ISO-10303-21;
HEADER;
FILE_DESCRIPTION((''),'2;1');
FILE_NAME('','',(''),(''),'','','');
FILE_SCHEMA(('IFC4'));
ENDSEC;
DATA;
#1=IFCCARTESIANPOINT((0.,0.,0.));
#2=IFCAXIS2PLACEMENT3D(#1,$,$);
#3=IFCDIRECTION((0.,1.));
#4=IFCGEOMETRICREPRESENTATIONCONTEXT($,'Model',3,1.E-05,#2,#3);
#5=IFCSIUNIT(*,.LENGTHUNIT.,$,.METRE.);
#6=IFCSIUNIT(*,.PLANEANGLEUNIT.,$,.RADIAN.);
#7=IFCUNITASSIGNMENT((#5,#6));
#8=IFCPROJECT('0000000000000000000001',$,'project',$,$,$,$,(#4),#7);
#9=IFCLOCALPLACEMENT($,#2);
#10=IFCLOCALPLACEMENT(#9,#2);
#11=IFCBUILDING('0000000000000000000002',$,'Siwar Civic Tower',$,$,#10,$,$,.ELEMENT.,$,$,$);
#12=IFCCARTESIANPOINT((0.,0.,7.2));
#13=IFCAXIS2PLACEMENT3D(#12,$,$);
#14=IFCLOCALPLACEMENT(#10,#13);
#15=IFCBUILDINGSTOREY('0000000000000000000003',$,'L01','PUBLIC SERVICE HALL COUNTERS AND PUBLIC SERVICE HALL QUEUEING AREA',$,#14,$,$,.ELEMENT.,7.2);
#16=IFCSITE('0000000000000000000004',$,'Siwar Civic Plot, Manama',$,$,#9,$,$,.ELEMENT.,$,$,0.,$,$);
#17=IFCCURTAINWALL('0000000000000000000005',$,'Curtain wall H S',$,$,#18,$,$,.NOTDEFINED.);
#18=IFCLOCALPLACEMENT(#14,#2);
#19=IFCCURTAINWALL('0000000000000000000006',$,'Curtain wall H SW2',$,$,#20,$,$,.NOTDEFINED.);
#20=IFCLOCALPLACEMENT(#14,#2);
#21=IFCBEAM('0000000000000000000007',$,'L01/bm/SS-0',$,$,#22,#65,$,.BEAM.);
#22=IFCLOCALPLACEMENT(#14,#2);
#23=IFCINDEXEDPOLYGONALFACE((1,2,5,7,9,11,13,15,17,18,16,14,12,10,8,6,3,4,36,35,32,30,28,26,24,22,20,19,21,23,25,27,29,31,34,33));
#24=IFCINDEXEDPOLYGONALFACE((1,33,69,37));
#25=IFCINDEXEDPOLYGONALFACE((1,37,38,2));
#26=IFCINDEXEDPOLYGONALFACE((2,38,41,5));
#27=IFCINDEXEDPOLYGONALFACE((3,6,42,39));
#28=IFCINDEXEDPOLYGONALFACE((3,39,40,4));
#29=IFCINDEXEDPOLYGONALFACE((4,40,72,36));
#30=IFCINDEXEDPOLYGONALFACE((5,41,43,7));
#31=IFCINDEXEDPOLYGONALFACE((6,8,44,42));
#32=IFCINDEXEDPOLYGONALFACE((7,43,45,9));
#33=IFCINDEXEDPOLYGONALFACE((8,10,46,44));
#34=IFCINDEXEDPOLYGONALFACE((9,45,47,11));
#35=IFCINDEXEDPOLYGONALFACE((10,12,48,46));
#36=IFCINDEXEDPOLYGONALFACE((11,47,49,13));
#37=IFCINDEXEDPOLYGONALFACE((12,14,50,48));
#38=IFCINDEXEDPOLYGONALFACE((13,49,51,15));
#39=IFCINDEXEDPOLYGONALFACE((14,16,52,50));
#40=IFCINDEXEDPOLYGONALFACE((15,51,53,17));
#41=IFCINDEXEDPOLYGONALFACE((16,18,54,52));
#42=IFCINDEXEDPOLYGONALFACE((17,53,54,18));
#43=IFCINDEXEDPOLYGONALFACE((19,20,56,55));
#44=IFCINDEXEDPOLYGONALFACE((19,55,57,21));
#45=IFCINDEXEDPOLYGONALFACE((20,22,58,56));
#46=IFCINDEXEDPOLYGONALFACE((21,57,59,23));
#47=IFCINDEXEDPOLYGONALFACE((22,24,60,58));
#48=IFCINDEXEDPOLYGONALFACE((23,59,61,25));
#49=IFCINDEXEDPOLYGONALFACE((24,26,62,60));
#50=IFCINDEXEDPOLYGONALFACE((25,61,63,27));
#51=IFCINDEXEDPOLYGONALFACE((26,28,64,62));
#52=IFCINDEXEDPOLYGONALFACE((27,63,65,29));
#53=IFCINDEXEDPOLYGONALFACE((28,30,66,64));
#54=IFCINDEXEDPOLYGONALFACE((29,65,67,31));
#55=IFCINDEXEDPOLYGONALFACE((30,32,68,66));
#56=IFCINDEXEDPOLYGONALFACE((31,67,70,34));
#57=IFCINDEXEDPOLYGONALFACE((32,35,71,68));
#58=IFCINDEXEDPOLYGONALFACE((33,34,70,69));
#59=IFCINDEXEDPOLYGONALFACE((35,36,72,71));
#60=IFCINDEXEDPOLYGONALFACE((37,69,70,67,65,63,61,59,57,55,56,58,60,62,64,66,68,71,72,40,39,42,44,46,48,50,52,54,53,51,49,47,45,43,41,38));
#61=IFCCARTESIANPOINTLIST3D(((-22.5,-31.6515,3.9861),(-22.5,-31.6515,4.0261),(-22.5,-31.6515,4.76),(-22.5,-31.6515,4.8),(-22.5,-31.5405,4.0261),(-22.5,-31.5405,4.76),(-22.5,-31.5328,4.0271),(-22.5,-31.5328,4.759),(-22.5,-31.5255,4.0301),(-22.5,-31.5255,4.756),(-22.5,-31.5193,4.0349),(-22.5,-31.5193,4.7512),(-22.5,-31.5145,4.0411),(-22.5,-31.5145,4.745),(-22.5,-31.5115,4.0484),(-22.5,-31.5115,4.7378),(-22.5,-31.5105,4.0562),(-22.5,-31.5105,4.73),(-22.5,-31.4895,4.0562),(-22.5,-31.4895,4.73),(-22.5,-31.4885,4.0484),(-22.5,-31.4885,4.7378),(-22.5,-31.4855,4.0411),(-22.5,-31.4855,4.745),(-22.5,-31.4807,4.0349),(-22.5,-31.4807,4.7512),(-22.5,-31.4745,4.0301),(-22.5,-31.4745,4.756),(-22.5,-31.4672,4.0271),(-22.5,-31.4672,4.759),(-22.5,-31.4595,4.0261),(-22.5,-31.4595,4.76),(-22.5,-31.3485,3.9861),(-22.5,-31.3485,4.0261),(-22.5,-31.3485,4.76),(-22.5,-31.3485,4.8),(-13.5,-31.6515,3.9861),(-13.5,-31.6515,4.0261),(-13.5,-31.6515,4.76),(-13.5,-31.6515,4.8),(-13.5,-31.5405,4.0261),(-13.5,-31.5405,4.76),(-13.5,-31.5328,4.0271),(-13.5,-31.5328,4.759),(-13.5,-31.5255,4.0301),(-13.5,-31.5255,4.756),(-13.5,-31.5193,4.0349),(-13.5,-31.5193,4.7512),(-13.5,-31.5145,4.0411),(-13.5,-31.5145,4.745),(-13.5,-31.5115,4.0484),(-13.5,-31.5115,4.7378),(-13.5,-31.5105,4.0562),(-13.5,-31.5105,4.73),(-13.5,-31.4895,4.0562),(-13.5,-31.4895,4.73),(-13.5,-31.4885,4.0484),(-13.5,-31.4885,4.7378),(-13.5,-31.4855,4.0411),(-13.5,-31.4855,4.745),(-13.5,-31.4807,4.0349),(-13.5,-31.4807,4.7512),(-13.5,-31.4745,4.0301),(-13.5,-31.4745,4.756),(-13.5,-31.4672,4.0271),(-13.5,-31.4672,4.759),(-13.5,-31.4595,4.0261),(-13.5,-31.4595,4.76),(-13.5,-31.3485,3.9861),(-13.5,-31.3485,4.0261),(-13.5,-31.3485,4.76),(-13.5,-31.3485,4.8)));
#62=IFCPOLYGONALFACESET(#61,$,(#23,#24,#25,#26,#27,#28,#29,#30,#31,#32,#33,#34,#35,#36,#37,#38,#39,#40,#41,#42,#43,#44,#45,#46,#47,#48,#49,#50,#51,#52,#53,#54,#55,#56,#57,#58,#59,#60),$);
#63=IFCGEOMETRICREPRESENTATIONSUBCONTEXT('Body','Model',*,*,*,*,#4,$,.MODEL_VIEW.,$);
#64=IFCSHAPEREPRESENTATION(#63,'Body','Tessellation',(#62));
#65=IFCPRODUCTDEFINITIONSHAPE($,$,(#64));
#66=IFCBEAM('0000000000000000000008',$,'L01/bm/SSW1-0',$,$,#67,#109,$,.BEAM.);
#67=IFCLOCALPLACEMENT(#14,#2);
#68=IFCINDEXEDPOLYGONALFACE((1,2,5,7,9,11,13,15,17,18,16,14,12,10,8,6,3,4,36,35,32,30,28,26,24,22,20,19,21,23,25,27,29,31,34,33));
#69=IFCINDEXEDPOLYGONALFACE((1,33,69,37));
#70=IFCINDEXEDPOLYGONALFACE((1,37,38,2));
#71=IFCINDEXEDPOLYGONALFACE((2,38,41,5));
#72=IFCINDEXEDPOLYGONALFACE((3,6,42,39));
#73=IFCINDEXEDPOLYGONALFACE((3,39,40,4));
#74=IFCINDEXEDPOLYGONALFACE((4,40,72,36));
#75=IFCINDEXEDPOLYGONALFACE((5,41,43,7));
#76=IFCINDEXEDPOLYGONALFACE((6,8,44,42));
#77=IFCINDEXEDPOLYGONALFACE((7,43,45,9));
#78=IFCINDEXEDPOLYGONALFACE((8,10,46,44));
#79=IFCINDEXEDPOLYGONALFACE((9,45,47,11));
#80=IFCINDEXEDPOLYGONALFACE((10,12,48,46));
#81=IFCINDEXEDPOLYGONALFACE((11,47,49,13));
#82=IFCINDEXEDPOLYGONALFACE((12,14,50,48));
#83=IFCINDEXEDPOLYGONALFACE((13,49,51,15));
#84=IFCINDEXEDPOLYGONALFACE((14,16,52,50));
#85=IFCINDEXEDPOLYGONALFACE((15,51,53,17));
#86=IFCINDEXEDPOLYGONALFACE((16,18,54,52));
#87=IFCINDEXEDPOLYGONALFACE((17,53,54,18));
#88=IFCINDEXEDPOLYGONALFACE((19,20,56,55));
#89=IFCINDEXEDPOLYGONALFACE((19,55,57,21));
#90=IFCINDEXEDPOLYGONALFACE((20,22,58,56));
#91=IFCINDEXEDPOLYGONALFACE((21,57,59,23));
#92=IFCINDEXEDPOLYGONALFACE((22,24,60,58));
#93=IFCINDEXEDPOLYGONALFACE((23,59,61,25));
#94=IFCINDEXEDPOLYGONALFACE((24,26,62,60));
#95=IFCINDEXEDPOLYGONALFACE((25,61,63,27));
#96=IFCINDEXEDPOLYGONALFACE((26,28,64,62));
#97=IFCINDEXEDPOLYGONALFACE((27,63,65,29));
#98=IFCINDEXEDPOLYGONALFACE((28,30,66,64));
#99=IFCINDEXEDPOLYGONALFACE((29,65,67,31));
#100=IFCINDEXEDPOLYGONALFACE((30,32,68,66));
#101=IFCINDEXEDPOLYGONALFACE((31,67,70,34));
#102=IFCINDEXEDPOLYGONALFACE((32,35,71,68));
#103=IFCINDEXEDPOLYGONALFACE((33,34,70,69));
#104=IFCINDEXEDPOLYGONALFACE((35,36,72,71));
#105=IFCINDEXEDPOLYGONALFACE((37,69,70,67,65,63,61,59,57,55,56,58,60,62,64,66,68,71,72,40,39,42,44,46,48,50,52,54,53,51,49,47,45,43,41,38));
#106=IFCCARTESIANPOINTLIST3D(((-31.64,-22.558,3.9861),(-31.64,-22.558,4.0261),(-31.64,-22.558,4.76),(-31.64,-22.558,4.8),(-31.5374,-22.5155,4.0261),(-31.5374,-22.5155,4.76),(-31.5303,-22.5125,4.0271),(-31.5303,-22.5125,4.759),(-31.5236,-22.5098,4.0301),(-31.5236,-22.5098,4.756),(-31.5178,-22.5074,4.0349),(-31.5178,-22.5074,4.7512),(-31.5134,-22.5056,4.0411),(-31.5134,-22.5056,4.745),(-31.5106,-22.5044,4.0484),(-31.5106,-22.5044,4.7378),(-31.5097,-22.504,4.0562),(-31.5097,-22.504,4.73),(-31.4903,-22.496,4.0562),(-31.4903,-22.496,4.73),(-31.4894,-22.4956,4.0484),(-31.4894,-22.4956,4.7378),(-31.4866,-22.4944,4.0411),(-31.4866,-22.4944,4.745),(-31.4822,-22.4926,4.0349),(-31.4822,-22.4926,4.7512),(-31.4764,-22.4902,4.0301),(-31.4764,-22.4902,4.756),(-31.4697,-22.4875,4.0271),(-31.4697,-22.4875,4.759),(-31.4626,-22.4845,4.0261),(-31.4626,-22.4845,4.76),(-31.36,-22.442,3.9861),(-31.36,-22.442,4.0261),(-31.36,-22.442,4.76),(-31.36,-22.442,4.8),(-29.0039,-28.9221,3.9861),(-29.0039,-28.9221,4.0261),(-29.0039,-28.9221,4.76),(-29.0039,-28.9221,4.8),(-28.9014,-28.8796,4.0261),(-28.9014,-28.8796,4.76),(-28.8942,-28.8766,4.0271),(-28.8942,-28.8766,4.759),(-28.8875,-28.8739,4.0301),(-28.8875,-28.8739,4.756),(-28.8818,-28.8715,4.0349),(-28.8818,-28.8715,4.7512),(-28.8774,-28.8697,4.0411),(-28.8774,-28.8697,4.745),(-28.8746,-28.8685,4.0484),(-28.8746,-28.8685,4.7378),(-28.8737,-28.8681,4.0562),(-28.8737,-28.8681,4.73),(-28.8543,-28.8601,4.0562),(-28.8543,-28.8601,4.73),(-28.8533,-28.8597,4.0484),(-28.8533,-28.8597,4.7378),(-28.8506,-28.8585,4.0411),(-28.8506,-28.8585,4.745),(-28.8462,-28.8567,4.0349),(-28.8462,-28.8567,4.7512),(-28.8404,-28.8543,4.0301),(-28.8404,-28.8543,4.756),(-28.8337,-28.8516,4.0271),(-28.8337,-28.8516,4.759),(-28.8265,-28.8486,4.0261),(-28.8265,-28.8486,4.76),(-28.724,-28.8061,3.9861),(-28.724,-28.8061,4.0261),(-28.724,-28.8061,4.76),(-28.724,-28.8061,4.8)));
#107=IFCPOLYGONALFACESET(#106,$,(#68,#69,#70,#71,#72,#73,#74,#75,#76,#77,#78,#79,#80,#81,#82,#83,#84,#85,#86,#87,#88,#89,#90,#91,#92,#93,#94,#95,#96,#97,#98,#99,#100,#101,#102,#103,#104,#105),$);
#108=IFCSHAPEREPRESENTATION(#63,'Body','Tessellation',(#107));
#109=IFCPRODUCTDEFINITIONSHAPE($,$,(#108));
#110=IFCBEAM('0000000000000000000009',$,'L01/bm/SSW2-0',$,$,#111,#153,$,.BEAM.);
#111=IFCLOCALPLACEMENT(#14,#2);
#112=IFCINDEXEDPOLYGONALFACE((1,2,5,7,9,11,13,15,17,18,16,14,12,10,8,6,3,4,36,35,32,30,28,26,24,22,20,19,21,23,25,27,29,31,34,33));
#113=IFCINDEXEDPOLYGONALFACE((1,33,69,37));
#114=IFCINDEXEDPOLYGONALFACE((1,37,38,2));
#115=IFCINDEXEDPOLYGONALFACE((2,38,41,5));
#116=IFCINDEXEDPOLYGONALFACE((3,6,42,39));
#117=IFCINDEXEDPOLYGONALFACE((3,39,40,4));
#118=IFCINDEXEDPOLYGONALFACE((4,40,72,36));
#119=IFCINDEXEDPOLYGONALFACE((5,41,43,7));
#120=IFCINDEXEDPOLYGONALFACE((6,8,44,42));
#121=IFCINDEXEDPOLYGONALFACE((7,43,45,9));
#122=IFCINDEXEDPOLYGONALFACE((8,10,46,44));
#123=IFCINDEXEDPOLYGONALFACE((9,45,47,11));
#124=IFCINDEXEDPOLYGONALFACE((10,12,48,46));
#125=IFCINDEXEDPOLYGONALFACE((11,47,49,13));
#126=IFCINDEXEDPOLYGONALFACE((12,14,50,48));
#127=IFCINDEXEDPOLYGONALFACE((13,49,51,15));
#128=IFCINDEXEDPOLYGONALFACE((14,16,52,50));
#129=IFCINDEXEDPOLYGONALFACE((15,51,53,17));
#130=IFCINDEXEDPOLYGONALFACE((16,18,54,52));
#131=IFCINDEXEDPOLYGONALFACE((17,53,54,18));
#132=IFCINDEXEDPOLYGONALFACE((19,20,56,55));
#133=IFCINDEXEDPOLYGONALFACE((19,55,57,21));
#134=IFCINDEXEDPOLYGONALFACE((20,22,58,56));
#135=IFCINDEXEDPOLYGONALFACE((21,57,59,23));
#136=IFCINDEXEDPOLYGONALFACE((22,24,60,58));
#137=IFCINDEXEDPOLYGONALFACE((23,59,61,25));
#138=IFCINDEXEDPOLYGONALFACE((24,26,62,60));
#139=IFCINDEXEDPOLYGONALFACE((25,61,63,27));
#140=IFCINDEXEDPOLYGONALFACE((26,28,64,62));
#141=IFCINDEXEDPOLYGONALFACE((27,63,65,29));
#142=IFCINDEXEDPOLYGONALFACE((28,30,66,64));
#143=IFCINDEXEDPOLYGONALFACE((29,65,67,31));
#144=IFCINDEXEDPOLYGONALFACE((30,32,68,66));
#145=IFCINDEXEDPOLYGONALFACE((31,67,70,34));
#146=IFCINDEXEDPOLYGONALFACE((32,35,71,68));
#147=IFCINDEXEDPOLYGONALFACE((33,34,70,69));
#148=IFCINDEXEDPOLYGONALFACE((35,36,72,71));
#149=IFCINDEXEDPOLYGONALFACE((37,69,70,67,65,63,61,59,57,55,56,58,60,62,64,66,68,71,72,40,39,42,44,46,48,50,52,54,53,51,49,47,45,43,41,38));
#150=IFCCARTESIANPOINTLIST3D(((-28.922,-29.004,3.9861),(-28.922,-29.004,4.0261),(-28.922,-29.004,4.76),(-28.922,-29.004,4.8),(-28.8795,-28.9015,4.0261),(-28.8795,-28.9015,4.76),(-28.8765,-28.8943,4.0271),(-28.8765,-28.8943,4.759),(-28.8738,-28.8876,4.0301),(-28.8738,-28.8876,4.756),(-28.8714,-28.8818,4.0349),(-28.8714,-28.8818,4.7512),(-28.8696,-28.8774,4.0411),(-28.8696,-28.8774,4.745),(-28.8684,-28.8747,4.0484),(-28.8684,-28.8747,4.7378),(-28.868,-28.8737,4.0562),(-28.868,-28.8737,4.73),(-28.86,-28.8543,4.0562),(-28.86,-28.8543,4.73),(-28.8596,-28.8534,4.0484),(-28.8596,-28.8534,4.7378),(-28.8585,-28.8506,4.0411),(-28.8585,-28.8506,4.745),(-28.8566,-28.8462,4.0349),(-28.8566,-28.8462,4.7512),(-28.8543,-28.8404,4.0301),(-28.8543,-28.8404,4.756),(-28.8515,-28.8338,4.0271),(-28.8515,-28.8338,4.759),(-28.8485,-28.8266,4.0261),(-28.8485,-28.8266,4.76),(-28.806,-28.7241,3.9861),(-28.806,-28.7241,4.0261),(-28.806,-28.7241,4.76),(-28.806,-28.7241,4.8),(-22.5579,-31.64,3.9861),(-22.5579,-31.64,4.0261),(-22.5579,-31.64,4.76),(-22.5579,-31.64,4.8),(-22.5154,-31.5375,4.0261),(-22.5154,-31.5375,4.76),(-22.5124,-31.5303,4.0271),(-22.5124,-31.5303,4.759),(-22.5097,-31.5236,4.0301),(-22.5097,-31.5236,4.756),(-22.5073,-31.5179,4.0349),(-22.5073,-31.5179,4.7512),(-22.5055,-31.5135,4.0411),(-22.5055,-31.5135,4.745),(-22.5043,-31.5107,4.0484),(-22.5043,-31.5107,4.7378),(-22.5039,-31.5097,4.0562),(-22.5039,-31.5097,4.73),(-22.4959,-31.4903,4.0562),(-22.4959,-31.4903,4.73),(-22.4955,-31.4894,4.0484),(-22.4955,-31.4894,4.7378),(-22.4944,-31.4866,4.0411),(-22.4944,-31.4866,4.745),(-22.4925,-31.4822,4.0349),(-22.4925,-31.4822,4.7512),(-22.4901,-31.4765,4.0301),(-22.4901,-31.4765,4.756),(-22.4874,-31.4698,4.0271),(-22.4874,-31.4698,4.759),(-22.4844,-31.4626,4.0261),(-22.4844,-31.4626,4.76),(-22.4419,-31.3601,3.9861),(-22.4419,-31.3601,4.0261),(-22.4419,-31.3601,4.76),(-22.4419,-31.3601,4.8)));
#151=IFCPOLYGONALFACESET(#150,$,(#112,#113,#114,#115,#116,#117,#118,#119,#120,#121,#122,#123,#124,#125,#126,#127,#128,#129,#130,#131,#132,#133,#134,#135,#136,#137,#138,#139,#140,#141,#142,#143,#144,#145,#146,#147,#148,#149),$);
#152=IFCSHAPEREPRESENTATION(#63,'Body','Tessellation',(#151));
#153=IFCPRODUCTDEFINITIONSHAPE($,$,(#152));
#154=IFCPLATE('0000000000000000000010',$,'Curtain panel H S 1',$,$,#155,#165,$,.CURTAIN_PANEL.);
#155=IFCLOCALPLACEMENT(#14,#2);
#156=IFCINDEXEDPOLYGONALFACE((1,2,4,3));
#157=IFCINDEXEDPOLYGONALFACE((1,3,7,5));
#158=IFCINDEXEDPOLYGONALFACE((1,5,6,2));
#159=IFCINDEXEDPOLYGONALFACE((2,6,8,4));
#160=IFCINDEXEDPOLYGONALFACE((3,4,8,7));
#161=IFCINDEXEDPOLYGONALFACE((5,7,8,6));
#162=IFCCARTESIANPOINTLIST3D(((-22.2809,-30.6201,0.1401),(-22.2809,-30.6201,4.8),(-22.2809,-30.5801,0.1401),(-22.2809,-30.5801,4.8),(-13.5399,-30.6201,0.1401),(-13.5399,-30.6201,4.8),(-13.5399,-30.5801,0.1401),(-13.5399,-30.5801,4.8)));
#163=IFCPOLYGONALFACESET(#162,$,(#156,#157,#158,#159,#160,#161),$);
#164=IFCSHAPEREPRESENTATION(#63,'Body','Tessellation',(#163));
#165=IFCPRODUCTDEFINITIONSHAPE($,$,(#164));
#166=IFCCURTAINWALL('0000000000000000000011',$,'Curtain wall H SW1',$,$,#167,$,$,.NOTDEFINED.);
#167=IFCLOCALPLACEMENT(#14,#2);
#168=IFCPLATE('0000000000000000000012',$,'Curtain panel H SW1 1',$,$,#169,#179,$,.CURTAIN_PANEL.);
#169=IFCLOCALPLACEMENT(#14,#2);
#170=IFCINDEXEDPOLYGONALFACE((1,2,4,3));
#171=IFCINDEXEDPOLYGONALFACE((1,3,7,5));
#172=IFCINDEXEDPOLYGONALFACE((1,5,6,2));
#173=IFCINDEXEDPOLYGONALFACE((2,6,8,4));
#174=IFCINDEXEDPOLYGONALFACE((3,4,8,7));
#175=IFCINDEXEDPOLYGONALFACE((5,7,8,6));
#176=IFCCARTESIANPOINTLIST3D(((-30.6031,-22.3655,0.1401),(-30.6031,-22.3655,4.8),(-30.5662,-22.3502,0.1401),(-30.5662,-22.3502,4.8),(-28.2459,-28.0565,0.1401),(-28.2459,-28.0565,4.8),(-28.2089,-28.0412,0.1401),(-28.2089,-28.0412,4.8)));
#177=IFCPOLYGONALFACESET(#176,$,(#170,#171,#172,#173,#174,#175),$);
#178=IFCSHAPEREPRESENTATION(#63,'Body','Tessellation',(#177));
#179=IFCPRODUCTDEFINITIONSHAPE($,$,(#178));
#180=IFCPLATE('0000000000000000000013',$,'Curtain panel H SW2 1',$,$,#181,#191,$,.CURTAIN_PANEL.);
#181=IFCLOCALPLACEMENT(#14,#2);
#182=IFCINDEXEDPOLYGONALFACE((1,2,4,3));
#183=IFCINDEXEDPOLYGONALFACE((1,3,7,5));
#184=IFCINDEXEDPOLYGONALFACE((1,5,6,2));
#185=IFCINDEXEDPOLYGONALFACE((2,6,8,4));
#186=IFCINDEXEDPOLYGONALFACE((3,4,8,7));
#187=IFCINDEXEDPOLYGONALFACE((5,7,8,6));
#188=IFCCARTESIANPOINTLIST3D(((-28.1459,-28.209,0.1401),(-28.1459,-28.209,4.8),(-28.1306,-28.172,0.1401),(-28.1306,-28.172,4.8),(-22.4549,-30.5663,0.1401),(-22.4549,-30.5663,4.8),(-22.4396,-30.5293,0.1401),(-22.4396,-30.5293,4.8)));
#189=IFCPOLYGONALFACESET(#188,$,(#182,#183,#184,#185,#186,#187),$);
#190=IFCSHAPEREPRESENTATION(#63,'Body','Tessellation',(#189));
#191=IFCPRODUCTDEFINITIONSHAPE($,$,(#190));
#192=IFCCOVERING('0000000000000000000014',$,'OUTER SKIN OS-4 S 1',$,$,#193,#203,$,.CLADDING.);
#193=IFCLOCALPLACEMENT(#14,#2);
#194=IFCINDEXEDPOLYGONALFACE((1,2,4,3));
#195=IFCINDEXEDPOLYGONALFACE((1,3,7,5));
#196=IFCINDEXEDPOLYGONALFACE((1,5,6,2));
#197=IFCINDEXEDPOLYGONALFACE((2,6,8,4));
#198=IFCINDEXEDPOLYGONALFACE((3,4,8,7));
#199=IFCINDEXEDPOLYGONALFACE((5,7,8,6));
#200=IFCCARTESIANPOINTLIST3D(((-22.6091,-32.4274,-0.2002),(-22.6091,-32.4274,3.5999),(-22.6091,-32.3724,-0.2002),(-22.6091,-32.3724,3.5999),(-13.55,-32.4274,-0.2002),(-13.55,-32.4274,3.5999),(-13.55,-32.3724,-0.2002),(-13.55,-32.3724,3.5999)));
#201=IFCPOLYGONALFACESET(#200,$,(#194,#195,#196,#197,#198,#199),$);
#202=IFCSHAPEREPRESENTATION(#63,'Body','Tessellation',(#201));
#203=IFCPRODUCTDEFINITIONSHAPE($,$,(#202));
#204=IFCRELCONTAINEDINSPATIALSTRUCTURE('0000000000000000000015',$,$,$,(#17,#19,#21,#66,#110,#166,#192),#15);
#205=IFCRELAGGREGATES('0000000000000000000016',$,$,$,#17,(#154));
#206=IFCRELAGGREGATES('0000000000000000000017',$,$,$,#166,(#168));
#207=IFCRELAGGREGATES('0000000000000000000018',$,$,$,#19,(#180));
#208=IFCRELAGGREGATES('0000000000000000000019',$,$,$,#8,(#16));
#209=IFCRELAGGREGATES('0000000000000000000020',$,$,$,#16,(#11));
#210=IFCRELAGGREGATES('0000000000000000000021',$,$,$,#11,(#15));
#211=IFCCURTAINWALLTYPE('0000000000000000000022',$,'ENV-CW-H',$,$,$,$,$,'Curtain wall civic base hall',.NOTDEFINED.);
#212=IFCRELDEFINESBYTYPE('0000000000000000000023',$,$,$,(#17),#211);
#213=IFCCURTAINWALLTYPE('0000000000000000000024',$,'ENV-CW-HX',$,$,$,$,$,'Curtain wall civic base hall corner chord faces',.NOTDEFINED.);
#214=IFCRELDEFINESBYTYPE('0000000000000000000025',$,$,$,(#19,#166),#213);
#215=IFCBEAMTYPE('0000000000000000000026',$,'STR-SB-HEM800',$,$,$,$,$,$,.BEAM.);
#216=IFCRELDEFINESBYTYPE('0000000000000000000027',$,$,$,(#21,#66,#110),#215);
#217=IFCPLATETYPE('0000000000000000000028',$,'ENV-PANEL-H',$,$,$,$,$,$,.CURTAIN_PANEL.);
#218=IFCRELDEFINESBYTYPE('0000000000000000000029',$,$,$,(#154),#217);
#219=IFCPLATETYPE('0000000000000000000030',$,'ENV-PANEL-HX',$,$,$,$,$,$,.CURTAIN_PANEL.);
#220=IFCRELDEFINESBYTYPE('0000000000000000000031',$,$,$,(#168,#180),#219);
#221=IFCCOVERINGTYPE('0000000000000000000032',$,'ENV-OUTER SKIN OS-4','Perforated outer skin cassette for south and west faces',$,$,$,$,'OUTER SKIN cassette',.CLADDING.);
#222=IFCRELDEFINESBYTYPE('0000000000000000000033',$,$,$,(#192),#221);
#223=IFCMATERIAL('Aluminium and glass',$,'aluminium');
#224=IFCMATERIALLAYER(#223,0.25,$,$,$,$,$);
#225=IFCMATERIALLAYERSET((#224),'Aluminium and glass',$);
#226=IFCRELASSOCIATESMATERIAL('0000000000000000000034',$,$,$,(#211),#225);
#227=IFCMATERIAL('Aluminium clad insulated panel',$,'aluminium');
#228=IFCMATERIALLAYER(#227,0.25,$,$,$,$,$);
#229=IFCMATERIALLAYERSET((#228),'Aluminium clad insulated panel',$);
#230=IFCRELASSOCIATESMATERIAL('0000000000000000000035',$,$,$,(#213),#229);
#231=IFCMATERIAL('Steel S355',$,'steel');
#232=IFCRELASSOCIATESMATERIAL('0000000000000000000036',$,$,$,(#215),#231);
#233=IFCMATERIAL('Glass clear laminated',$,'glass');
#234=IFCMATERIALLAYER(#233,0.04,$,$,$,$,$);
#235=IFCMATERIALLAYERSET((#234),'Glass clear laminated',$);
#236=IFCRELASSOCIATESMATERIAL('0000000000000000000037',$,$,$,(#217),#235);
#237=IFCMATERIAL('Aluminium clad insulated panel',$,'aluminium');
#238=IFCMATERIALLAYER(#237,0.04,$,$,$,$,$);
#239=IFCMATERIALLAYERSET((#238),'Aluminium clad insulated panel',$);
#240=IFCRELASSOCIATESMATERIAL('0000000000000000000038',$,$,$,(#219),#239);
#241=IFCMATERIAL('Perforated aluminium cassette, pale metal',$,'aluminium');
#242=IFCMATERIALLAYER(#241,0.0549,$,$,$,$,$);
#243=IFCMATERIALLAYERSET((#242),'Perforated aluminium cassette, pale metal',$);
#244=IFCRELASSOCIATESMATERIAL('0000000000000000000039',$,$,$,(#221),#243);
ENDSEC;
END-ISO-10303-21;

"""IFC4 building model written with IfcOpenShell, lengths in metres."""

from ifc_helpers import new_model, si_unit, direction, frame, origin, origin_2d, place, context, subcontext, project, spatial, rectangle, i_section, extrude, material, layer, layer_set, material_profile, profile_set, type_object, element, aggregate, save


model = new_model("IFC4")

# Units and contexts
model_context = context("Model", 3, precision=1e-05, world=origin(), true_north=direction((0.0, 1.0)))
body_context = subcontext(model_context, "Body", "Model", "MODEL_VIEW")
ifc_project = project(units=[si_unit("LENGTHUNIT", "METRE"), si_unit("PLANEANGLEUNIT", "RADIAN")], contexts=[model_context])

# Site, building, storey
site_placement = place(None, origin())
site = spatial("IfcSite", under=ifc_project, at=site_placement, Name="Siwar Civic Plot, Manama", CompositionType="ELEMENT", RefElevation=0.0)
building_placement = place(site_placement, origin())
building = spatial("IfcBuilding", under=site, at=building_placement, Name="Siwar Civic Tower", CompositionType="ELEMENT")
storey_placement = place(building_placement, frame((0.0, 0.0, 7.2)))
storey = spatial("IfcBuildingStorey", under=building, at=storey_placement, Name="L01", Description="PUBLIC SERVICE HALL COUNTERS AND PUBLIC SERVICE HALL QUEUEING AREA", CompositionType="ELEMENT", Elevation=7.2)

# Curtain walls
ifc_material_1 = material(Name="Aluminium and glass", Category="aluminium")
ifc_layer_1 = layer(ifc_material_1, 0.25)
ifc_layer_set_1 = layer_set([ifc_layer_1], Name="Aluminium and glass")
curtain_wall_type_1 = type_object("IfcCurtainWallType", Name="ENV-CW-H", ElementType="Curtain wall civic base hall", PredefinedType="NOTDEFINED", material=ifc_layer_set_1)
curtain_wall_1_placement = place(storey_placement, origin())
curtain_wall_1 = element("IfcCurtainWall", 1, at=curtain_wall_1_placement, inside=storey, type_object=curtain_wall_type_1, Name="Curtain wall H S", PredefinedType="NOTDEFINED")
ifc_material_2 = material(Name="Aluminium clad insulated panel", Category="aluminium")
ifc_layer_2 = layer(ifc_material_2, 0.25)
ifc_layer_set_2 = layer_set([ifc_layer_2], Name="Aluminium clad insulated panel")
curtain_wall_type_2 = type_object("IfcCurtainWallType", Name="ENV-CW-HX", ElementType="Curtain wall civic base hall corner chord faces", PredefinedType="NOTDEFINED", material=ifc_layer_set_2)
curtain_wall_2_placement = place(storey_placement, origin())
curtain_wall_2 = element("IfcCurtainWall", 2, at=curtain_wall_2_placement, inside=storey, type_object=curtain_wall_type_2, Name="Curtain wall H SW2", PredefinedType="NOTDEFINED")

# Beams
ifc_material_3 = material(Name="Steel S355", Category="steel")
ifc_material_profile_1 = material_profile(ifc_material_3, i_section(OverallWidth=0.303, OverallDepth=0.814, WebThickness=0.021, FlangeThickness=0.04, FilletRadius=0.03, at=origin_2d()), Name="HEM800")
ifc_profile_set_1 = profile_set([ifc_material_profile_1], Name="Steel S355")
beam_type_1 = type_object("IfcBeamType", Name="STR-SB-HEM800", PredefinedType="BEAM", material=ifc_profile_set_1)
beam_1_placement = place(storey_placement, frame((-22.5, -31.5, 4.3931), z_axis=(1.0, 0.0, 0.0), x_axis=(0.0, 1.0, 0.0)))
element("IfcBeam", 3, at=beam_1_placement, inside=storey, type_object=beam_type_1, Name="L01/bm/SS-0", PredefinedType="BEAM", context=body_context, shape_type="SweptSolid", body=[
    extrude(i_section(OverallWidth=0.303, OverallDepth=0.814, WebThickness=0.021, FlangeThickness=0.04, FilletRadius=0.03, at=origin_2d()), origin(), (0.0, 0.0, 1.0), 9.0),
])
for number, where, z_axis, x_axis, name in (
    (4, (-31.5, -22.5, 4.3931), (0.382674, -0.923883, 0.0), (0.923883, 0.382674, 0.0), "L01/bm/SSW1-0"),
    (5, (-28.864, -28.864, 4.3931), (0.923883, -0.382674, 0.0), (0.382674, 0.923883, 0.0), "L01/bm/SSW2-0"),
):
    element("IfcBeam", number, at=place(storey_placement, frame(where, z_axis=z_axis, x_axis=x_axis)), inside=storey, type_object=beam_type_1, Name=name, PredefinedType="BEAM", context=body_context, shape_type="SweptSolid", body=[
        extrude(i_section(OverallWidth=0.303, OverallDepth=0.814, WebThickness=0.021, FlangeThickness=0.04, FilletRadius=0.03, at=origin_2d()), origin(), (0.0, 0.0, 1.0), 6.8884),
    ])

# Plate
ifc_material_4 = material(Name="Glass clear laminated", Category="glass")
ifc_layer_3 = layer(ifc_material_4, 0.04)
ifc_layer_set_3 = layer_set([ifc_layer_3], Name="Glass clear laminated")
plate_type_1 = type_object("IfcPlateType", Name="ENV-PANEL-H", PredefinedType="CURTAIN_PANEL", material=ifc_layer_set_3)
plate_1_placement = place(storey_placement, frame((-17.9104, -30.6001, 0.1401), z_axis=(0.0, 0.0, 1.0), x_axis=(1.0, 0.0, 0.0)))
plate_1 = element("IfcPlate", 6, at=plate_1_placement, type_object=plate_type_1, Name="Curtain panel H S 1", PredefinedType="CURTAIN_PANEL", context=body_context, shape_type="SweptSolid", body=[
    extrude(rectangle(XDim=8.741, YDim=0.04, at=origin_2d()), origin(), (0.0, 0.0, 1.0), 4.6599),
])
aggregate(curtain_wall_1, [plate_1])

# Curtain wall, plate
curtain_wall_3_placement = place(storey_placement, origin())
curtain_wall_3 = element("IfcCurtainWall", 7, at=curtain_wall_3_placement, inside=storey, type_object=curtain_wall_type_2, Name="Curtain wall H SW1", PredefinedType="NOTDEFINED")
ifc_material_5 = material(Name="Aluminium clad insulated panel", Category="aluminium")
ifc_layer_4 = layer(ifc_material_5, 0.04)
ifc_layer_set_4 = layer_set([ifc_layer_4], Name="Aluminium clad insulated panel")
plate_type_2 = type_object("IfcPlateType", Name="ENV-PANEL-HX", PredefinedType="CURTAIN_PANEL", material=ifc_layer_set_4)
plate_2_placement = place(storey_placement, frame((-29.406, -25.2034, 0.1401), z_axis=(0.0, 0.0, 1.0), x_axis=(0.382683, -0.92388, 0.0)))
plate_2 = element("IfcPlate", 8, at=plate_2_placement, type_object=plate_type_2, Name="Curtain panel H SW1 1", PredefinedType="CURTAIN_PANEL", context=body_context, shape_type="SweptSolid", body=[
    extrude(rectangle(XDim=6.1599, YDim=0.04, at=origin_2d()), origin(), (0.0, 0.0, 1.0), 4.6599),
])
aggregate(curtain_wall_3, [plate_2])

# Plate
plate_3_placement = place(storey_placement, frame((-25.2927, -29.3691, 0.1401), z_axis=(0.0, 0.0, 1.0), x_axis=(0.92388, -0.382683, 0.0)))
plate_3 = element("IfcPlate", 9, at=plate_3_placement, type_object=plate_type_2, Name="Curtain panel H SW2 1", PredefinedType="CURTAIN_PANEL", context=body_context, shape_type="SweptSolid", body=[
    extrude(rectangle(XDim=6.1599, YDim=0.04, at=origin_2d()), origin(), (0.0, 0.0, 1.0), 4.6599),
])
aggregate(curtain_wall_2, [plate_3])

# Covering
ifc_material_6 = material(Name="Perforated aluminium cassette, pale metal", Category="aluminium")
ifc_layer_5 = layer(ifc_material_6, 0.0549)
ifc_layer_set_5 = layer_set([ifc_layer_5], Name="Perforated aluminium cassette, pale metal")
covering_type = type_object("IfcCoveringType", Name="ENV-OUTER SKIN OS-4", Description="Perforated outer skin cassette for south and west faces", ElementType="OUTER SKIN cassette", PredefinedType="CLADDING", material=ifc_layer_set_5)
covering_placement = place(storey_placement, frame((-18.0796, -32.3999, -0.2002), z_axis=(0.0, 0.0, 1.0), x_axis=(1.0, 0.0, 0.0)))
element("IfcCovering", 10, at=covering_placement, inside=storey, type_object=covering_type, Name="OUTER SKIN OS-4 S 1", PredefinedType="CLADDING", context=body_context, shape_type="SweptSolid", body=[
    extrude(rectangle(XDim=9.0591, YDim=0.0549, at=origin_2d()), origin(), (0.0, 0.0, 1.0), 3.8),
])

save(model, "model.ifc")
